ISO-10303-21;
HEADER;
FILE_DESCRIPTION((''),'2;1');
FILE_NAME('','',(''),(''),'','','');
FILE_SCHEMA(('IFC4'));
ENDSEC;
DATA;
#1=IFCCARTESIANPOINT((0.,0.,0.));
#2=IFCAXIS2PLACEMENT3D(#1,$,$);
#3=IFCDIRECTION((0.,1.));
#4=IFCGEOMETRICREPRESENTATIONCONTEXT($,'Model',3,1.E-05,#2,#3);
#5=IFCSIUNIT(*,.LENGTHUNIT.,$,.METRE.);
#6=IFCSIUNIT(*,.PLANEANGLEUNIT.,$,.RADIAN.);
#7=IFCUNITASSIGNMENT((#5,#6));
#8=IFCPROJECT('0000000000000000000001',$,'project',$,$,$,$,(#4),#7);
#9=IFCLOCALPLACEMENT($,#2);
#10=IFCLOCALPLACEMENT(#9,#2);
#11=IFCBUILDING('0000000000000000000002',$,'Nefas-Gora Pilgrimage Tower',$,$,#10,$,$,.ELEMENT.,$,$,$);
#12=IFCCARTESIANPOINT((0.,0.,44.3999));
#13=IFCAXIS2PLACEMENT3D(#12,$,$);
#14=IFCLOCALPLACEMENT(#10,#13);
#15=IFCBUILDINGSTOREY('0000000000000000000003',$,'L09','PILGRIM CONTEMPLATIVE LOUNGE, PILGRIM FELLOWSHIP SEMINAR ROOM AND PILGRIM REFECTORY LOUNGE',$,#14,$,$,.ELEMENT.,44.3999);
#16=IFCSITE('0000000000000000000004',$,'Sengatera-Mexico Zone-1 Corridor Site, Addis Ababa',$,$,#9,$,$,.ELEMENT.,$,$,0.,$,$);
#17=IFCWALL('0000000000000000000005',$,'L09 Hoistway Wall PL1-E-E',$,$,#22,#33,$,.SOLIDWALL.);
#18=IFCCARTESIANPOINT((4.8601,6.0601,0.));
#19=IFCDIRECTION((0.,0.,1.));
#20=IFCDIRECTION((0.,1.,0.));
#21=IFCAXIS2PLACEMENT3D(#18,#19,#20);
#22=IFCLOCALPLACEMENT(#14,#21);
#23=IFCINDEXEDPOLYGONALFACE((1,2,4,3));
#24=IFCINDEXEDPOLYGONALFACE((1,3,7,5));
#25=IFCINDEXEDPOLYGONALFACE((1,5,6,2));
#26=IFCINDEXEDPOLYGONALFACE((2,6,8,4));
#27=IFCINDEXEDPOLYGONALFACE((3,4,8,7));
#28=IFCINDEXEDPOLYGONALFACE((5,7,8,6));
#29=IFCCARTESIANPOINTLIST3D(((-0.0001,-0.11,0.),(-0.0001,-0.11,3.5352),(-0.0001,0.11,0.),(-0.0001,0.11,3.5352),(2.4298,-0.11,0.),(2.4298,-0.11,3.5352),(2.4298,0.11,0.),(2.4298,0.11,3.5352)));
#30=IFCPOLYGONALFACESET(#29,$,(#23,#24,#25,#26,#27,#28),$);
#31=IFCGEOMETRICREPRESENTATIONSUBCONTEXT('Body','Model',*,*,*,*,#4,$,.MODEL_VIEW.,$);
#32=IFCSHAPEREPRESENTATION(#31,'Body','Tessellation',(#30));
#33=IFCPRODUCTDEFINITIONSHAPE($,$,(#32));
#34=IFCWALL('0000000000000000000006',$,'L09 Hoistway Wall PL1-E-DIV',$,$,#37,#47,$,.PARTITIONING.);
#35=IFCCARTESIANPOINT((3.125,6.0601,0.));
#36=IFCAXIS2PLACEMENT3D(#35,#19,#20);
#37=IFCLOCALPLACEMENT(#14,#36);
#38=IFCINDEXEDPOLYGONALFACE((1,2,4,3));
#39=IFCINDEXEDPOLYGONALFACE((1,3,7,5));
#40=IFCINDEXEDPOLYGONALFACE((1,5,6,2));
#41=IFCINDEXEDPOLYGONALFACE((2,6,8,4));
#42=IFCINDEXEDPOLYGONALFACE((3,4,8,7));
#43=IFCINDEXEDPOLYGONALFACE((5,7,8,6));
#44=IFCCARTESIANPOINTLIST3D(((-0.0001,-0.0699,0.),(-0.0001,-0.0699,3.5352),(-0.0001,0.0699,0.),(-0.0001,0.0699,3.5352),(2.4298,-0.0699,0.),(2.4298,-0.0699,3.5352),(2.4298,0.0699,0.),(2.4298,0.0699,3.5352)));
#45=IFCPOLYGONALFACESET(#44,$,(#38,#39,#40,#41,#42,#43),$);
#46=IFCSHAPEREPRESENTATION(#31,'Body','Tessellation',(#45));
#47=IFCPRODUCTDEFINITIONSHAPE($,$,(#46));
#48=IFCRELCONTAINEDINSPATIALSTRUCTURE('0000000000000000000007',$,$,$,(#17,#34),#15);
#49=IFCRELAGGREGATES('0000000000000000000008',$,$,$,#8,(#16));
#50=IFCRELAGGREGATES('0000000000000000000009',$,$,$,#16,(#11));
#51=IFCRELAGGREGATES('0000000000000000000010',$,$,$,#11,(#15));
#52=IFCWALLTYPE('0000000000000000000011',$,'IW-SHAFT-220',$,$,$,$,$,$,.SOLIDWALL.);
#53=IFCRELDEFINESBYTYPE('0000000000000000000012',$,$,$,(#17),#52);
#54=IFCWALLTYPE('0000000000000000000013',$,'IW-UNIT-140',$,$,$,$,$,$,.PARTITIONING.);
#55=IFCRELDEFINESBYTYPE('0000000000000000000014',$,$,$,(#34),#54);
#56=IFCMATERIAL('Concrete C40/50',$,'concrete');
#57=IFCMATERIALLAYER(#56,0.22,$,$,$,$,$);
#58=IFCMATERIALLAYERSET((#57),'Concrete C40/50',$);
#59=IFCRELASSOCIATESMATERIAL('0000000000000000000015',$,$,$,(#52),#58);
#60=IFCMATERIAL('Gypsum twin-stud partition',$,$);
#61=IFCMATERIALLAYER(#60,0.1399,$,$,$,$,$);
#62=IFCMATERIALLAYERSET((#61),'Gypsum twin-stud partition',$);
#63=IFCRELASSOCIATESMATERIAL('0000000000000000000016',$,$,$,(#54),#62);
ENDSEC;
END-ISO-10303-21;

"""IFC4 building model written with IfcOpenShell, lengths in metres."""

from ifc_helpers import new_model, si_unit, direction, frame, frame_2d, origin, place, context, subcontext, project, spatial, rectangle, extrude, source, transform, mapped, material, layer, layer_set, type_object, element, save


model = new_model("IFC4")

# Units and contexts
model_context = context("Model", 3, precision=1e-05, world=origin(), true_north=direction((0.0, 1.0)))
body_context = subcontext(model_context, "Body", "Model", "MODEL_VIEW")
ifc_project = project(units=[si_unit("LENGTHUNIT", "METRE"), si_unit("PLANEANGLEUNIT", "RADIAN")], contexts=[model_context])

# Site, building, storey
site_placement = place(None, origin())
site = spatial("IfcSite", under=ifc_project, at=site_placement, Name="Sengatera-Mexico Zone-1 Corridor Site, Addis Ababa", CompositionType="ELEMENT", RefElevation=0.0)
building_placement = place(site_placement, origin())
building = spatial("IfcBuilding", under=site, at=building_placement, Name="Nefas-Gora Pilgrimage Tower", CompositionType="ELEMENT")
storey_placement = place(building_placement, frame((0.0, 0.0, 44.3999)))
storey = spatial("IfcBuildingStorey", under=building, at=storey_placement, Name="L09", Description="PILGRIM CONTEMPLATIVE LOUNGE, PILGRIM FELLOWSHIP SEMINAR ROOM AND PILGRIM REFECTORY LOUNGE", CompositionType="ELEMENT", Elevation=44.3999)

# Shared definitions
ifc_material_1 = material(Name="Concrete C40/50", Category="concrete")
ifc_layer_1 = layer(ifc_material_1, 0.22)
ifc_layer_set_1 = layer_set([ifc_layer_1], Name="Concrete C40/50")
wall_type_1 = type_object("IfcWallType", Name="IW-SHAFT-220", PredefinedType="SOLIDWALL", material=ifc_layer_set_1)

# Walls
shared_shape_1 = source(origin(), body_context, "Body", "SweptSolid", [
    extrude(rectangle(XDim=2.4299, YDim=0.22, at=frame_2d((1.2148, 0.0))), origin(), (0.0, 0.0, 1.0), 3.5352),
])
for number, where, z_axis, x_axis, name in (
    (1, (4.8601, 6.0601, 0.0), (0.0, 0.0, 1.0), (0.0, 1.0, 0.0), "L09 Hoistway Wall PL1-E-E"),
):
    element("IfcWall", number, at=place(storey_placement, frame(where, z_axis=z_axis, x_axis=x_axis)), inside=storey, type_object=wall_type_1, Name=name, PredefinedType="SOLIDWALL", context=body_context, shape_type="MappedRepresentation", body=[
        mapped(shared_shape_1, transform((0.0, 0.0, 0.0), x_axis=(1.0, 0.0, 0.0), y_axis=(0.0, 1.0, 0.0), z_axis=(0.0, 0.0, 1.0), scale=1.0)),
    ])
ifc_material_2 = material(Name="Gypsum twin-stud partition")
ifc_layer_2 = layer(ifc_material_2, 0.1399)
ifc_layer_set_2 = layer_set([ifc_layer_2], Name="Gypsum twin-stud partition")
wall_type_2 = type_object("IfcWallType", Name="IW-UNIT-140", PredefinedType="PARTITIONING", material=ifc_layer_set_2)
shared_shape_2 = source(origin(), body_context, "Body", "SweptSolid", [
    extrude(rectangle(XDim=2.4299, YDim=0.1399, at=frame_2d((1.2148, 0.0))), origin(), (0.0, 0.0, 1.0), 3.5352),
])
wall_1_placement = place(storey_placement, frame((3.125, 6.0601, 0.0), z_axis=(0.0, 0.0, 1.0), x_axis=(0.0, 1.0, 0.0)))
element("IfcWall", 2, at=wall_1_placement, inside=storey, type_object=wall_type_2, Name="L09 Hoistway Wall PL1-E-DIV", PredefinedType="PARTITIONING", context=body_context, shape_type="MappedRepresentation", body=[
    mapped(shared_shape_2, transform((0.0, 0.0, 0.0), x_axis=(1.0, 0.0, 0.0), y_axis=(0.0, 1.0, 0.0), z_axis=(0.0, 0.0, 1.0), scale=1.0)),
])

save(model, "model.ifc")
